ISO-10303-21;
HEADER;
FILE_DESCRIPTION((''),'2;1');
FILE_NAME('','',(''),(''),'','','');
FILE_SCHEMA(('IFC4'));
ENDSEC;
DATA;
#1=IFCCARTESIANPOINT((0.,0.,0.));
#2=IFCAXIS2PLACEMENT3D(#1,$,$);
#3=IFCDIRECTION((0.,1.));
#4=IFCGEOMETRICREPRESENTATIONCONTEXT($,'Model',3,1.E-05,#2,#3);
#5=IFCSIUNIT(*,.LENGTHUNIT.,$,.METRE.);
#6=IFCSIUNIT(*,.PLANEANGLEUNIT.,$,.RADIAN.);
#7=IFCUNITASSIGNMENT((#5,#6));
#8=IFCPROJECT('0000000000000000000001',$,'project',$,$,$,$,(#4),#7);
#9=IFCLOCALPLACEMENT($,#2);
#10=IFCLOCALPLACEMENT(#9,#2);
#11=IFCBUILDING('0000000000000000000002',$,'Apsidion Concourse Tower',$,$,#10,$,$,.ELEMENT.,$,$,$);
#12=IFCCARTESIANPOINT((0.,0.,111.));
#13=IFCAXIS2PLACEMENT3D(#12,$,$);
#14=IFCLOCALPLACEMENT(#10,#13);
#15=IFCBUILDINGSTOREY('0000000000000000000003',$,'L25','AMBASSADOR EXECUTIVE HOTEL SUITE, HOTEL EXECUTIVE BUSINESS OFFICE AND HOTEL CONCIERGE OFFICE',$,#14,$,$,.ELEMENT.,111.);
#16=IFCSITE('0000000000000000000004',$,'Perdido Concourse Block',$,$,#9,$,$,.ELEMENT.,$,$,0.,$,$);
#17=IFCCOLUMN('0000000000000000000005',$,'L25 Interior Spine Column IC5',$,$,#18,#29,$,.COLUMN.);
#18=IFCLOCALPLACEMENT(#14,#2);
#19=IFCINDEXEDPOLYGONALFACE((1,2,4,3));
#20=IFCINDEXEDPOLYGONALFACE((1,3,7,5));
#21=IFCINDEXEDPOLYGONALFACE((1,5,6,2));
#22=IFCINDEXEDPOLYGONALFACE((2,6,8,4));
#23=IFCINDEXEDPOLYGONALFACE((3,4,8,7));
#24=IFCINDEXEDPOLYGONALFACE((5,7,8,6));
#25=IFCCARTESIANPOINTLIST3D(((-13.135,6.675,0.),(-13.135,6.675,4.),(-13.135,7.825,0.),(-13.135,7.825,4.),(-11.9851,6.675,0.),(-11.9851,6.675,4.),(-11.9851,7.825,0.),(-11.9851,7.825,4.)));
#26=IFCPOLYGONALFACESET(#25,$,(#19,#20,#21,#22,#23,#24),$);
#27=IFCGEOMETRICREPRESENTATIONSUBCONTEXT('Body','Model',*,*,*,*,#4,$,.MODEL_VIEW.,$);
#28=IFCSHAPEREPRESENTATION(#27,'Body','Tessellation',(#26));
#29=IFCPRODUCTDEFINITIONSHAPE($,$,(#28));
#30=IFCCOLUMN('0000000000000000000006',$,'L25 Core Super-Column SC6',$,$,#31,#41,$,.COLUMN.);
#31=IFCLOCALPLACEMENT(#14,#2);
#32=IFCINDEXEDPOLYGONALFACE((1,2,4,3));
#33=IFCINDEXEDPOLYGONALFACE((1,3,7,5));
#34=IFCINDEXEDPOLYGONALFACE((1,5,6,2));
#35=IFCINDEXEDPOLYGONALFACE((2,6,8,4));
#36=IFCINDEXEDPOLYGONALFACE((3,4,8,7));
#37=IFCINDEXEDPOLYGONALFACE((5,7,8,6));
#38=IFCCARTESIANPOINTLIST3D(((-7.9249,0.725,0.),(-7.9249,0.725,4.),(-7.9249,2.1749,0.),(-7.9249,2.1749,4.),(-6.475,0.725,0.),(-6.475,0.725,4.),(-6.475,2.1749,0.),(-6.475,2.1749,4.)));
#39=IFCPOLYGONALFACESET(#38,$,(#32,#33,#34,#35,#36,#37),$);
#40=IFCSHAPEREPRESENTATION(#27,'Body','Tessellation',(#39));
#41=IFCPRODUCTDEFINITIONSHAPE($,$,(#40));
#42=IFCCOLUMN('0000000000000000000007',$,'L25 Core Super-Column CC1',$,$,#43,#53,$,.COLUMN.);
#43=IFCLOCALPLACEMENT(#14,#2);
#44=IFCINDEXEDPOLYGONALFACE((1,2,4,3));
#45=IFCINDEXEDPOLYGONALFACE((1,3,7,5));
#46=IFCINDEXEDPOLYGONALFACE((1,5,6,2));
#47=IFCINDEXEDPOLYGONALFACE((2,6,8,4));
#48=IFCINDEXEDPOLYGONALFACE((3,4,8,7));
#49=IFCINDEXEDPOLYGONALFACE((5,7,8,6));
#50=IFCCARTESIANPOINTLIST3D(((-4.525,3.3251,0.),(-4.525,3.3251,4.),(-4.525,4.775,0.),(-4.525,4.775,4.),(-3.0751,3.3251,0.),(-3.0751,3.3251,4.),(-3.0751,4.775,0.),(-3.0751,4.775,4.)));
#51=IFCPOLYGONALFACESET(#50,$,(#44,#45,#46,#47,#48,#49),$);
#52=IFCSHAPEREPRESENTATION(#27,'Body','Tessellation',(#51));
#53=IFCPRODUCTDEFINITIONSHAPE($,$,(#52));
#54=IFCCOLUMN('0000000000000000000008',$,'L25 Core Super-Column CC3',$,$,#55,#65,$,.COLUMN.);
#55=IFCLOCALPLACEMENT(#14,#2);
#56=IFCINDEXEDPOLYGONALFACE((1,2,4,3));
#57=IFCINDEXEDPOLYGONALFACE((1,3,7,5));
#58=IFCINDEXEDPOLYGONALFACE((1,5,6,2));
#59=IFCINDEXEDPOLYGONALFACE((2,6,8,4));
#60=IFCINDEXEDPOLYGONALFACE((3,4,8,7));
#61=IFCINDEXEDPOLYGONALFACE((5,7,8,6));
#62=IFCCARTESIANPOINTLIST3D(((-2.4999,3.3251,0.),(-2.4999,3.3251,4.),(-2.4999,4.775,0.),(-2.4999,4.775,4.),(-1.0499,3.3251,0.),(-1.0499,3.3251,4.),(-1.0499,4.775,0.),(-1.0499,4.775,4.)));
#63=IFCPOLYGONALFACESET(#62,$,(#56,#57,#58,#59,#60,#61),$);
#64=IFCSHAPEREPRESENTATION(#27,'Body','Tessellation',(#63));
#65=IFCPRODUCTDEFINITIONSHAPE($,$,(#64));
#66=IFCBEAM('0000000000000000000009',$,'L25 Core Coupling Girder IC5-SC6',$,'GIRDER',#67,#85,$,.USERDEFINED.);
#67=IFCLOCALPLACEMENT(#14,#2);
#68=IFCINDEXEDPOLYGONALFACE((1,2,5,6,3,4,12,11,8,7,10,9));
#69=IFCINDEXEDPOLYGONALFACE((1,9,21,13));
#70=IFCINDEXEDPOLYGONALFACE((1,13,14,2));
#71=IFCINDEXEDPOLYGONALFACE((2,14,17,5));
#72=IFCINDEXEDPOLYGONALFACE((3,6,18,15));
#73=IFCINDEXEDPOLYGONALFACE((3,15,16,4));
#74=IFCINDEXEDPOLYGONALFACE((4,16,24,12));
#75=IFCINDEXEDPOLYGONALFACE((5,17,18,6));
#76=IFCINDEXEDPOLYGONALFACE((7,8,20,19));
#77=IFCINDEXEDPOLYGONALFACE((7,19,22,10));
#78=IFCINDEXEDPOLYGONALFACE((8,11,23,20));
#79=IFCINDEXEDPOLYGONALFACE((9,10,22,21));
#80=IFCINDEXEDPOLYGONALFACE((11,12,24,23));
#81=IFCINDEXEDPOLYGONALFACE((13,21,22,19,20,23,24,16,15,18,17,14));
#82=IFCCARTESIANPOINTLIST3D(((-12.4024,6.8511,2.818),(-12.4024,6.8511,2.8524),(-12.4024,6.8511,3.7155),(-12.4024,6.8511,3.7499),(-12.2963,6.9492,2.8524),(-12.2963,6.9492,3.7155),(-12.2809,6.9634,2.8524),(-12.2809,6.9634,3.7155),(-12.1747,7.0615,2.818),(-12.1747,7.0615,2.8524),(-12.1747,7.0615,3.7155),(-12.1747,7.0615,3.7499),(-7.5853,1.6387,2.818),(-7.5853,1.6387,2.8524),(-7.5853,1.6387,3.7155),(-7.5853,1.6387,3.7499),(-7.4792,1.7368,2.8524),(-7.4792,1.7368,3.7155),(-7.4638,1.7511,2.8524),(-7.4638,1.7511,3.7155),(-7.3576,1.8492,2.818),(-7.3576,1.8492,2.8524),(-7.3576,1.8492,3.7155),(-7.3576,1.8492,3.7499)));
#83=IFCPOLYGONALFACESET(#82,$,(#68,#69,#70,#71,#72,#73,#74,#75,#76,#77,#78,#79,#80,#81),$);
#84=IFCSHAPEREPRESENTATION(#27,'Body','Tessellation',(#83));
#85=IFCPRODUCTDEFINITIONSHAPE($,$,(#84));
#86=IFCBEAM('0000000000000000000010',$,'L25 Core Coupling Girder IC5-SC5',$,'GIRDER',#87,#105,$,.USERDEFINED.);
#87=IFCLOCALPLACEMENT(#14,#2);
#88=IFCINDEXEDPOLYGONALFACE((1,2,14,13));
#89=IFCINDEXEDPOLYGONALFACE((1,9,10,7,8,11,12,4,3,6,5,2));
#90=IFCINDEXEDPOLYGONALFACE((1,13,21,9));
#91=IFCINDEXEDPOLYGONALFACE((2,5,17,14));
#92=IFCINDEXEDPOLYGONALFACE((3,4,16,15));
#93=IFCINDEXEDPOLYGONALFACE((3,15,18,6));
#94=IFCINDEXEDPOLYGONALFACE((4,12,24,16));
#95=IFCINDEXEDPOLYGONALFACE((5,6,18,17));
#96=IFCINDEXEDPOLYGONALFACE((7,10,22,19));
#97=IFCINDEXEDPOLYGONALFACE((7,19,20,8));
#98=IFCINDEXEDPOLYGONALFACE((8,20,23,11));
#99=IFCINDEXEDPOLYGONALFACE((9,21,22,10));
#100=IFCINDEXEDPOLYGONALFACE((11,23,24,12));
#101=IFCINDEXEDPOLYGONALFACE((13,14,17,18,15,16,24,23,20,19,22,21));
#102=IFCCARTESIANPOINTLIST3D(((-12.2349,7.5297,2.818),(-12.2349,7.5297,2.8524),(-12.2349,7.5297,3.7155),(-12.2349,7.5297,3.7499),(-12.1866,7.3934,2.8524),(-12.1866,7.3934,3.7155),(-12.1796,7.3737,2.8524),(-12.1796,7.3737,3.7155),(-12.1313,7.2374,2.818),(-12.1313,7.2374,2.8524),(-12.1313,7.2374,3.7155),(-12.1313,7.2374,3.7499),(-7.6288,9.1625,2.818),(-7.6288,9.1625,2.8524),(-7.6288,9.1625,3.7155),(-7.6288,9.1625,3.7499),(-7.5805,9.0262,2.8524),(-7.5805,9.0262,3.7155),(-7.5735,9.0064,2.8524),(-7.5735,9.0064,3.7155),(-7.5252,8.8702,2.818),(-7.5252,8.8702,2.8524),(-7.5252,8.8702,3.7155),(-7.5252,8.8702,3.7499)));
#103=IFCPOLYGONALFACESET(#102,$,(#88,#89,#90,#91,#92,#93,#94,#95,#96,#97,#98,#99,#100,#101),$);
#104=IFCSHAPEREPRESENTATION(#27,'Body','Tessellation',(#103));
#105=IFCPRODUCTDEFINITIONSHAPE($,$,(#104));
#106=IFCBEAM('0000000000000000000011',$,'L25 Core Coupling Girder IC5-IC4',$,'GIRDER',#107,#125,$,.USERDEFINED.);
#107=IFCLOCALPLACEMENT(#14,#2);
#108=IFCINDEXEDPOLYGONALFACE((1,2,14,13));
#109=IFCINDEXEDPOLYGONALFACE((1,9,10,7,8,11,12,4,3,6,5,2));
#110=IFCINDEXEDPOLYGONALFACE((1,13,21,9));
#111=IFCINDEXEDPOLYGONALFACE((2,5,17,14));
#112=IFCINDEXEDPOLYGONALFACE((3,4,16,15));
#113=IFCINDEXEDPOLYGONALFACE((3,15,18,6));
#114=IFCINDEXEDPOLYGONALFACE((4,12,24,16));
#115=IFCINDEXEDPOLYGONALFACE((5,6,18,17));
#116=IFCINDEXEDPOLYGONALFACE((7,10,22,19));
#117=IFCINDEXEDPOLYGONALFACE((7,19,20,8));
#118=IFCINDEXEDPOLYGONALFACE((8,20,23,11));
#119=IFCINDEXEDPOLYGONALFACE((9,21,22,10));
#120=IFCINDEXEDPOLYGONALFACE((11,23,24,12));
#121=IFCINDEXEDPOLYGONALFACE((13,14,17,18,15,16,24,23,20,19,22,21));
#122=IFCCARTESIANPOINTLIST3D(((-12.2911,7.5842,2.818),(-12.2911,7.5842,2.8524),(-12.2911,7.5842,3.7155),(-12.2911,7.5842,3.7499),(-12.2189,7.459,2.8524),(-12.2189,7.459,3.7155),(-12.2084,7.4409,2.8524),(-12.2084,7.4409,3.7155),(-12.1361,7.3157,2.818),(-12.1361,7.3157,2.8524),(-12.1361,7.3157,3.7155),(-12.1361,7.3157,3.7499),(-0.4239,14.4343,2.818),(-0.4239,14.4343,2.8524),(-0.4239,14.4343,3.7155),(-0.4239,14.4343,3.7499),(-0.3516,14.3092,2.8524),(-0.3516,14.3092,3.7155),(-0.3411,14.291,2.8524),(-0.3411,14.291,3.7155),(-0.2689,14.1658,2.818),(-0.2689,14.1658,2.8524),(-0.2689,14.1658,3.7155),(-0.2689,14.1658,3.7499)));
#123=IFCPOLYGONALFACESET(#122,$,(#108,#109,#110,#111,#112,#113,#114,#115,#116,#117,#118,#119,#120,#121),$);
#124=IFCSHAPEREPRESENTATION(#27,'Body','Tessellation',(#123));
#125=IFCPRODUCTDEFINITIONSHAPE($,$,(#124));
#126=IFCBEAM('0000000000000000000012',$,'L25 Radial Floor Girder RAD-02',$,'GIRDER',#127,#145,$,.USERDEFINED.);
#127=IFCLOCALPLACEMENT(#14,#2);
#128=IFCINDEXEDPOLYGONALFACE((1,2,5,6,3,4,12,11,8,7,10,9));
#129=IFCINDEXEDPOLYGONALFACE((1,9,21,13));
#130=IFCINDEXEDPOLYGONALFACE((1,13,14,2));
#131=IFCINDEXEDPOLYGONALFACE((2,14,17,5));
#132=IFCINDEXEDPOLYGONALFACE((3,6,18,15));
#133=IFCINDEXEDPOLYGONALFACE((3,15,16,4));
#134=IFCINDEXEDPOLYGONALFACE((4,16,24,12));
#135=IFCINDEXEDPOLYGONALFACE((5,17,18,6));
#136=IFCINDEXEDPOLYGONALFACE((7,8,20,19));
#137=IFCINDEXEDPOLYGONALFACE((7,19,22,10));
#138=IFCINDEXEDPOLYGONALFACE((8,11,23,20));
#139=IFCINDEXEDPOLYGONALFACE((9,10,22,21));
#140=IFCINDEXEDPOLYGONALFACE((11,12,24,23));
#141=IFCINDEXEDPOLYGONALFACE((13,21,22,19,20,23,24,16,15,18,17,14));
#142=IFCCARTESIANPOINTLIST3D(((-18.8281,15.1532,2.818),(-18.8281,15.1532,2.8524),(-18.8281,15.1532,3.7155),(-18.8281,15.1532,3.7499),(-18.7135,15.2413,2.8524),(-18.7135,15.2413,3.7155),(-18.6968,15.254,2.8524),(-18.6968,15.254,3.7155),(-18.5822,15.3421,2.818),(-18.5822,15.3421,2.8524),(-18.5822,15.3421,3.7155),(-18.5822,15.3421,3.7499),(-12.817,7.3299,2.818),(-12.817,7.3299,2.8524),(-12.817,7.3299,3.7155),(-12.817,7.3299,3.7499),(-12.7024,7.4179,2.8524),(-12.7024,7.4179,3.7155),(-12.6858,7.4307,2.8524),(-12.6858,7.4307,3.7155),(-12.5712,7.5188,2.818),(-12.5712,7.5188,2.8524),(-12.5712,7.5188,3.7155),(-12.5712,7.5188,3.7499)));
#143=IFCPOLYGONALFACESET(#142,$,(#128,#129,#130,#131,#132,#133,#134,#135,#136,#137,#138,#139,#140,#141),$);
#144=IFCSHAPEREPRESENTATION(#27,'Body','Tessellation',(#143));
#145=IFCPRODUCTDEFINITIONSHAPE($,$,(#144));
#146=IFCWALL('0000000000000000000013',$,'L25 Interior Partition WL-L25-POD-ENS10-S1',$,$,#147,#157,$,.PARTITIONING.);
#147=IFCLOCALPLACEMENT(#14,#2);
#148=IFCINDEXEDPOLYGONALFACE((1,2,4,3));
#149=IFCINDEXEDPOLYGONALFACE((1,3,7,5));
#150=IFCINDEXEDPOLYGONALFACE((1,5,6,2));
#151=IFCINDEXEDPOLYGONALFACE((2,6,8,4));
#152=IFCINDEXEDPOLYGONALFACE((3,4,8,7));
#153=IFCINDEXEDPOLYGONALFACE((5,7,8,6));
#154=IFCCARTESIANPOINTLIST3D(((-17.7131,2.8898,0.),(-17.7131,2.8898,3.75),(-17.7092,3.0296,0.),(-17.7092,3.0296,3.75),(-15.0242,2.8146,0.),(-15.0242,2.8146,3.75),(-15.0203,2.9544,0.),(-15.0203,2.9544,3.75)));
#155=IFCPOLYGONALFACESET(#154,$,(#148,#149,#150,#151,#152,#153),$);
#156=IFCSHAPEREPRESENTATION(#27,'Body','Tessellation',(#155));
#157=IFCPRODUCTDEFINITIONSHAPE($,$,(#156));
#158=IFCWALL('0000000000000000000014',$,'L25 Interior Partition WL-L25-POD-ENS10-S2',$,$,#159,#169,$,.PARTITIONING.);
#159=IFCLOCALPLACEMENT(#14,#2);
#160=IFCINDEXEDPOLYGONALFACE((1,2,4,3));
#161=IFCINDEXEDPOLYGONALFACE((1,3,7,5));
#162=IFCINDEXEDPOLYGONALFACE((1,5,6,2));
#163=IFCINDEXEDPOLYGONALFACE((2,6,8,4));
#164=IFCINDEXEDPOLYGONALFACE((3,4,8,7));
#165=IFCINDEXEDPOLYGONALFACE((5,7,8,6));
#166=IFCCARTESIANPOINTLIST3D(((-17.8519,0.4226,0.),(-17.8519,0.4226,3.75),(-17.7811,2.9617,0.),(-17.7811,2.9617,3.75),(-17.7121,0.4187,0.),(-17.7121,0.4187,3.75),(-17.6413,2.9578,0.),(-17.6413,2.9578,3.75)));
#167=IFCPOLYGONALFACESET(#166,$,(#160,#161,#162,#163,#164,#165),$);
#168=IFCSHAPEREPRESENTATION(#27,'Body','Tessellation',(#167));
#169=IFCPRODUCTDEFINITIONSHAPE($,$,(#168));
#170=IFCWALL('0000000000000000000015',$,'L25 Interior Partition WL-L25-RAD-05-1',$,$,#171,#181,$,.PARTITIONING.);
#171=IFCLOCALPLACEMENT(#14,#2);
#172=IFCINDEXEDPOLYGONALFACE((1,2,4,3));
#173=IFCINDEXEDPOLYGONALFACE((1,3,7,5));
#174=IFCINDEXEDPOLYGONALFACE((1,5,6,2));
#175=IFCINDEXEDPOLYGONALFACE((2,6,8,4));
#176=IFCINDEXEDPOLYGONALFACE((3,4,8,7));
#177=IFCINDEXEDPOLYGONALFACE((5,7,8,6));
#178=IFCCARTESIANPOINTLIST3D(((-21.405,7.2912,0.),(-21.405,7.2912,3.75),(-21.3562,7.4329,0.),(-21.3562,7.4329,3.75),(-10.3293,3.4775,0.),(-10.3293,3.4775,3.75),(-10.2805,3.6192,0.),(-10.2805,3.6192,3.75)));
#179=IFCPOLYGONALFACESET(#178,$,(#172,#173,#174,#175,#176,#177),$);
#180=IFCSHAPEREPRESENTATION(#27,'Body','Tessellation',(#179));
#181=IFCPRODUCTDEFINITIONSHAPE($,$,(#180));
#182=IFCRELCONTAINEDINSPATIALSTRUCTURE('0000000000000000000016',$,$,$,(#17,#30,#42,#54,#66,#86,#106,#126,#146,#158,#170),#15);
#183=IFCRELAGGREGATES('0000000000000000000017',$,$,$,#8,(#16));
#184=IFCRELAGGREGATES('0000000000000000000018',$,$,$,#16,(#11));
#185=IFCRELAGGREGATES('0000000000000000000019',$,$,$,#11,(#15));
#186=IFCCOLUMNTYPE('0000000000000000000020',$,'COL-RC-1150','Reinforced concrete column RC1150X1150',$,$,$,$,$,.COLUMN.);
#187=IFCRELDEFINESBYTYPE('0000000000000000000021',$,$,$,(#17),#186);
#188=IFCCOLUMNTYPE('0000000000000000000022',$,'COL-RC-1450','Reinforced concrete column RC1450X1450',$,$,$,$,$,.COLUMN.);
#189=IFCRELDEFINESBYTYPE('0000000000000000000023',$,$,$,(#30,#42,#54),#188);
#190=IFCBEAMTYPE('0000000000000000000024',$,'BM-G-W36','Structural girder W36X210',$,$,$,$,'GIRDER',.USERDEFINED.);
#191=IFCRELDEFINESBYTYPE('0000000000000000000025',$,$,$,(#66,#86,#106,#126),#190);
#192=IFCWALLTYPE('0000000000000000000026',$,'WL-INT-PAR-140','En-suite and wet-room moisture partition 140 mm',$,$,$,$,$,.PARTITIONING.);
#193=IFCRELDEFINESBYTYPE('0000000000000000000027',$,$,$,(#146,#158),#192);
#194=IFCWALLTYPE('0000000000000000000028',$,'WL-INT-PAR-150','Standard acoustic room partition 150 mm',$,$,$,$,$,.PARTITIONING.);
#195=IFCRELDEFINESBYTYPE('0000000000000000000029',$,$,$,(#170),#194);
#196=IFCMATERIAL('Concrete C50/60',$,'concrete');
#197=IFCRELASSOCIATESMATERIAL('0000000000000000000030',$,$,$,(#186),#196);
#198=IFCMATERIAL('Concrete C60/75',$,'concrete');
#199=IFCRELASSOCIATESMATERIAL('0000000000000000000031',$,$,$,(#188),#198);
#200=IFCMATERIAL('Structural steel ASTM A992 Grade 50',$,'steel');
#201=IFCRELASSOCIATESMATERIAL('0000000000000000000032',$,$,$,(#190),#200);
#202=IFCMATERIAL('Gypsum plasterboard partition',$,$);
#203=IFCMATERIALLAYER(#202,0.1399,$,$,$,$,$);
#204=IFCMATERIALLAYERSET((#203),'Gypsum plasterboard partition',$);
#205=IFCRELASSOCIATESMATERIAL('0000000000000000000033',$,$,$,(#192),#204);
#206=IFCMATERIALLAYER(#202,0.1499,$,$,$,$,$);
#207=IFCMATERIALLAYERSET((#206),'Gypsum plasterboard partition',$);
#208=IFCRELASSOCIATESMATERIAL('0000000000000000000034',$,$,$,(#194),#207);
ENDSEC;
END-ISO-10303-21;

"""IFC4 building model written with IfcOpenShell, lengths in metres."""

from ifc_helpers import new_model, si_unit, direction, frame, frame_2d, origin, origin_2d, place, context, subcontext, project, spatial, rectangle, i_section, extrude, material, layer, layer_set, material_profile, profile_set, type_object, element, save


model = new_model("IFC4")

# Units and contexts
model_context = context("Model", 3, precision=1e-05, world=origin(), true_north=direction((0.0, 1.0)))
body_context = subcontext(model_context, "Body", "Model", "MODEL_VIEW")
ifc_project = project(units=[si_unit("LENGTHUNIT", "METRE"), si_unit("PLANEANGLEUNIT", "RADIAN")], contexts=[model_context])

# Site, building, storey
site_placement = place(None, origin())
site = spatial("IfcSite", under=ifc_project, at=site_placement, Name="Perdido Concourse Block", CompositionType="ELEMENT", RefElevation=0.0)
building_placement = place(site_placement, origin())
building = spatial("IfcBuilding", under=site, at=building_placement, Name="Apsidion Concourse Tower", CompositionType="ELEMENT")
storey_placement = place(building_placement, frame((0.0, 0.0, 111.0)))
storey = spatial("IfcBuildingStorey", under=building, at=storey_placement, Name="L25", Description="AMBASSADOR EXECUTIVE HOTEL SUITE, HOTEL EXECUTIVE BUSINESS OFFICE AND HOTEL CONCIERGE OFFICE", CompositionType="ELEMENT", Elevation=111.0)

# Columns
ifc_material_1 = material(Name="Concrete C50/60", Category="concrete")
ifc_material_profile_1 = material_profile(ifc_material_1, rectangle(XDim=1.1499, YDim=1.1499, at=origin_2d()), Name="RC 1150x1150")
ifc_profile_set_1 = profile_set([ifc_material_profile_1], Name="Concrete C50/60")
column_type_1 = type_object("IfcColumnType", Name="COL-RC-1150", Description="Reinforced concrete column RC1150X1150", PredefinedType="COLUMN", material=ifc_profile_set_1)
column_placement = place(storey_placement, frame((-12.5601, 7.25, 0.0), z_axis=(0.0, 0.0, 1.0), x_axis=(1.0, 0.0, 0.0)))
element("IfcColumn", 1, at=column_placement, inside=storey, type_object=column_type_1, Name="L25 Interior Spine Column IC5", PredefinedType="COLUMN", context=body_context, shape_type="SweptSolid", body=[
    extrude(rectangle(XDim=1.1499, YDim=1.1499, at=origin_2d()), origin(), (0.0, 0.0, 1.0), 4.0),
])
ifc_material_2 = material(Name="Concrete C60/75", Category="concrete")
ifc_material_profile_2 = material_profile(ifc_material_2, rectangle(XDim=1.45, YDim=1.45, at=origin_2d()), Name="RC 1450x1450")
ifc_profile_set_2 = profile_set([ifc_material_profile_2], Name="Concrete C60/75")
column_type_2 = type_object("IfcColumnType", Name="COL-RC-1450", Description="Reinforced concrete column RC1450X1450", PredefinedType="COLUMN", material=ifc_profile_set_2)
for number, where, z_axis, x_axis, name in (
    (2, (-7.2, 1.45, 0.0), (0.0, 0.0, 1.0), (1.0, 0.0, 0.0), "L25 Core Super-Column SC6"),
    (3, (-3.8, 4.05, 0.0), (0.0, 0.0, 1.0), (1.0, 0.0, 0.0), "L25 Core Super-Column CC1"),
    (4, (-1.7749, 4.05, 0.0), (0.0, 0.0, 1.0), (1.0, 0.0, 0.0), "L25 Core Super-Column CC3"),
):
    element("IfcColumn", number, at=place(storey_placement, frame(where, z_axis=z_axis, x_axis=x_axis)), inside=storey, type_object=column_type_2, Name=name, PredefinedType="COLUMN", context=body_context, shape_type="SweptSolid", body=[
        extrude(rectangle(XDim=1.45, YDim=1.45, at=origin_2d()), origin(), (0.0, 0.0, 1.0), 4.0),
    ])

# Beams
ifc_material_3 = material(Name="Structural steel ASTM A992 Grade 50", Category="steel")
ifc_material_profile_3 = material_profile(ifc_material_3, i_section(OverallWidth=0.3101, OverallDepth=0.9319, WebThickness=0.021, FlangeThickness=0.0344, at=origin_2d()), Name="W36X210")
ifc_profile_set_3 = profile_set([ifc_material_profile_3], Name="Structural steel ASTM A992 Grade 50")
beam_type = type_object("IfcBeamType", Name="BM-G-W36", Description="Structural girder W36X210", ElementType="GIRDER", PredefinedType="USERDEFINED", material=ifc_profile_set_3)
beam_1_placement = place(storey_placement, frame((-12.2886, 6.9563, 3.2839), z_axis=(0.678713, -0.734404, 0.0), x_axis=(0.734404, 0.678713, 0.0)))
element("IfcBeam", 5, at=beam_1_placement, inside=storey, type_object=beam_type, Name="L25 Core Coupling Girder IC5-SC6", ObjectType="GIRDER", PredefinedType="USERDEFINED", context=body_context, shape_type="SweptSolid", body=[
    extrude(i_section(OverallWidth=0.3101, OverallDepth=0.9319, WebThickness=0.021, FlangeThickness=0.0344, at=origin_2d()), origin(), (0.0, 0.0, 1.0), 7.0974),
])
beam_2_placement = place(storey_placement, frame((-12.1831, 7.3835, 3.2839), z_axis=(0.942534, 0.334111, 0.0), x_axis=(-0.334111, 0.942534, 0.0)))
element("IfcBeam", 6, at=beam_2_placement, inside=storey, type_object=beam_type, Name="L25 Core Coupling Girder IC5-SC5", ObjectType="GIRDER", PredefinedType="USERDEFINED", context=body_context, shape_type="SweptSolid", body=[
    extrude(i_section(OverallWidth=0.3101, OverallDepth=0.9319, WebThickness=0.021, FlangeThickness=0.0344, at=origin_2d()), origin(), (0.0, 0.0, 1.0), 4.887),
])
beam_3_placement = place(storey_placement, frame((-12.2136, 7.45, 3.2839), z_axis=(0.86607, 0.499922, 0.0), x_axis=(-0.499922, 0.86607, 0.0)))
element("IfcBeam", 7, at=beam_3_placement, inside=storey, type_object=beam_type, Name="L25 Core Coupling Girder IC5-IC4", ObjectType="GIRDER", PredefinedType="USERDEFINED", context=body_context, shape_type="SweptSolid", body=[
    extrude(i_section(OverallWidth=0.3101, OverallDepth=0.9319, WebThickness=0.021, FlangeThickness=0.0344, at=origin_2d()), origin(), (0.0, 0.0, 1.0), 13.7024),
])
beam_4_placement = place(storey_placement, frame((-12.6941, 7.4243, 3.2839), z_axis=(-0.609272, 0.792961, 0.0), x_axis=(-0.792961, -0.609272, 0.0)))
element("IfcBeam", 8, at=beam_4_placement, inside=storey, type_object=beam_type, Name="L25 Radial Floor Girder RAD-02", ObjectType="GIRDER", PredefinedType="USERDEFINED", context=body_context, shape_type="SweptSolid", body=[
    extrude(i_section(OverallWidth=0.3101, OverallDepth=0.9319, WebThickness=0.021, FlangeThickness=0.0344, at=origin_2d()), origin(), (0.0, 0.0, 1.0), 9.866),
])

# Walls
ifc_material_4 = material(Name="Gypsum plasterboard partition")
ifc_layer_1 = layer(ifc_material_4, 0.1399)
ifc_layer_set_1 = layer_set([ifc_layer_1], Name="Gypsum plasterboard partition")
wall_type_1 = type_object("IfcWallType", Name="WL-INT-PAR-140", Description="En-suite and wet-room moisture partition 140 mm", PredefinedType="PARTITIONING", material=ifc_layer_set_1)
wall_1_placement = place(storey_placement, frame((-15.0222, 2.8845, 0.0), z_axis=(0.0, 0.0, 1.0), x_axis=(-0.999609, 0.027953, 0.0)))
element("IfcWall", 9, at=wall_1_placement, inside=storey, type_object=wall_type_1, Name="L25 Interior Partition WL-L25-POD-ENS10-S1", PredefinedType="PARTITIONING", context=body_context, shape_type="SweptSolid", body=[
    extrude(rectangle(XDim=2.6899, YDim=0.1399, at=frame_2d((1.345, 0.0))), origin(), (0.0, 0.0, 1.0), 3.75),
])
wall_2_placement = place(storey_placement, frame((-17.7112, 2.9597, 0.0), z_axis=(0.0, 0.0, 1.0), x_axis=(-0.027874, -0.999611, 0.0)))
element("IfcWall", 10, at=wall_2_placement, inside=storey, type_object=wall_type_1, Name="L25 Interior Partition WL-L25-POD-ENS10-S2", PredefinedType="PARTITIONING", context=body_context, shape_type="SweptSolid", body=[
    extrude(rectangle(XDim=2.54, YDim=0.1399, at=frame_2d((1.27, 0.0))), origin(), (0.0, 0.0, 1.0), 3.75),
])
ifc_layer_2 = layer(ifc_material_4, 0.1499)
ifc_layer_set_2 = layer_set([ifc_layer_2], Name="Gypsum plasterboard partition")
wall_type_2 = type_object("IfcWallType", Name="WL-INT-PAR-150", Description="Standard acoustic room partition 150 mm", PredefinedType="PARTITIONING", material=ifc_layer_set_2)
wall_3_placement = place(storey_placement, frame((-10.3049, 3.5483, 0.0), z_axis=(0.0, 0.0, 1.0), x_axis=(-0.945517, 0.325573, 0.0)))
element("IfcWall", 11, at=wall_3_placement, inside=storey, type_object=wall_type_2, Name="L25 Interior Partition WL-L25-RAD-05-1", PredefinedType="PARTITIONING", context=body_context, shape_type="SweptSolid", body=[
    extrude(rectangle(XDim=11.7139, YDim=0.1499, at=frame_2d((5.8569, 0.0))), origin(), (0.0, 0.0, 1.0), 3.75),
])

save(model, "model.ifc")
